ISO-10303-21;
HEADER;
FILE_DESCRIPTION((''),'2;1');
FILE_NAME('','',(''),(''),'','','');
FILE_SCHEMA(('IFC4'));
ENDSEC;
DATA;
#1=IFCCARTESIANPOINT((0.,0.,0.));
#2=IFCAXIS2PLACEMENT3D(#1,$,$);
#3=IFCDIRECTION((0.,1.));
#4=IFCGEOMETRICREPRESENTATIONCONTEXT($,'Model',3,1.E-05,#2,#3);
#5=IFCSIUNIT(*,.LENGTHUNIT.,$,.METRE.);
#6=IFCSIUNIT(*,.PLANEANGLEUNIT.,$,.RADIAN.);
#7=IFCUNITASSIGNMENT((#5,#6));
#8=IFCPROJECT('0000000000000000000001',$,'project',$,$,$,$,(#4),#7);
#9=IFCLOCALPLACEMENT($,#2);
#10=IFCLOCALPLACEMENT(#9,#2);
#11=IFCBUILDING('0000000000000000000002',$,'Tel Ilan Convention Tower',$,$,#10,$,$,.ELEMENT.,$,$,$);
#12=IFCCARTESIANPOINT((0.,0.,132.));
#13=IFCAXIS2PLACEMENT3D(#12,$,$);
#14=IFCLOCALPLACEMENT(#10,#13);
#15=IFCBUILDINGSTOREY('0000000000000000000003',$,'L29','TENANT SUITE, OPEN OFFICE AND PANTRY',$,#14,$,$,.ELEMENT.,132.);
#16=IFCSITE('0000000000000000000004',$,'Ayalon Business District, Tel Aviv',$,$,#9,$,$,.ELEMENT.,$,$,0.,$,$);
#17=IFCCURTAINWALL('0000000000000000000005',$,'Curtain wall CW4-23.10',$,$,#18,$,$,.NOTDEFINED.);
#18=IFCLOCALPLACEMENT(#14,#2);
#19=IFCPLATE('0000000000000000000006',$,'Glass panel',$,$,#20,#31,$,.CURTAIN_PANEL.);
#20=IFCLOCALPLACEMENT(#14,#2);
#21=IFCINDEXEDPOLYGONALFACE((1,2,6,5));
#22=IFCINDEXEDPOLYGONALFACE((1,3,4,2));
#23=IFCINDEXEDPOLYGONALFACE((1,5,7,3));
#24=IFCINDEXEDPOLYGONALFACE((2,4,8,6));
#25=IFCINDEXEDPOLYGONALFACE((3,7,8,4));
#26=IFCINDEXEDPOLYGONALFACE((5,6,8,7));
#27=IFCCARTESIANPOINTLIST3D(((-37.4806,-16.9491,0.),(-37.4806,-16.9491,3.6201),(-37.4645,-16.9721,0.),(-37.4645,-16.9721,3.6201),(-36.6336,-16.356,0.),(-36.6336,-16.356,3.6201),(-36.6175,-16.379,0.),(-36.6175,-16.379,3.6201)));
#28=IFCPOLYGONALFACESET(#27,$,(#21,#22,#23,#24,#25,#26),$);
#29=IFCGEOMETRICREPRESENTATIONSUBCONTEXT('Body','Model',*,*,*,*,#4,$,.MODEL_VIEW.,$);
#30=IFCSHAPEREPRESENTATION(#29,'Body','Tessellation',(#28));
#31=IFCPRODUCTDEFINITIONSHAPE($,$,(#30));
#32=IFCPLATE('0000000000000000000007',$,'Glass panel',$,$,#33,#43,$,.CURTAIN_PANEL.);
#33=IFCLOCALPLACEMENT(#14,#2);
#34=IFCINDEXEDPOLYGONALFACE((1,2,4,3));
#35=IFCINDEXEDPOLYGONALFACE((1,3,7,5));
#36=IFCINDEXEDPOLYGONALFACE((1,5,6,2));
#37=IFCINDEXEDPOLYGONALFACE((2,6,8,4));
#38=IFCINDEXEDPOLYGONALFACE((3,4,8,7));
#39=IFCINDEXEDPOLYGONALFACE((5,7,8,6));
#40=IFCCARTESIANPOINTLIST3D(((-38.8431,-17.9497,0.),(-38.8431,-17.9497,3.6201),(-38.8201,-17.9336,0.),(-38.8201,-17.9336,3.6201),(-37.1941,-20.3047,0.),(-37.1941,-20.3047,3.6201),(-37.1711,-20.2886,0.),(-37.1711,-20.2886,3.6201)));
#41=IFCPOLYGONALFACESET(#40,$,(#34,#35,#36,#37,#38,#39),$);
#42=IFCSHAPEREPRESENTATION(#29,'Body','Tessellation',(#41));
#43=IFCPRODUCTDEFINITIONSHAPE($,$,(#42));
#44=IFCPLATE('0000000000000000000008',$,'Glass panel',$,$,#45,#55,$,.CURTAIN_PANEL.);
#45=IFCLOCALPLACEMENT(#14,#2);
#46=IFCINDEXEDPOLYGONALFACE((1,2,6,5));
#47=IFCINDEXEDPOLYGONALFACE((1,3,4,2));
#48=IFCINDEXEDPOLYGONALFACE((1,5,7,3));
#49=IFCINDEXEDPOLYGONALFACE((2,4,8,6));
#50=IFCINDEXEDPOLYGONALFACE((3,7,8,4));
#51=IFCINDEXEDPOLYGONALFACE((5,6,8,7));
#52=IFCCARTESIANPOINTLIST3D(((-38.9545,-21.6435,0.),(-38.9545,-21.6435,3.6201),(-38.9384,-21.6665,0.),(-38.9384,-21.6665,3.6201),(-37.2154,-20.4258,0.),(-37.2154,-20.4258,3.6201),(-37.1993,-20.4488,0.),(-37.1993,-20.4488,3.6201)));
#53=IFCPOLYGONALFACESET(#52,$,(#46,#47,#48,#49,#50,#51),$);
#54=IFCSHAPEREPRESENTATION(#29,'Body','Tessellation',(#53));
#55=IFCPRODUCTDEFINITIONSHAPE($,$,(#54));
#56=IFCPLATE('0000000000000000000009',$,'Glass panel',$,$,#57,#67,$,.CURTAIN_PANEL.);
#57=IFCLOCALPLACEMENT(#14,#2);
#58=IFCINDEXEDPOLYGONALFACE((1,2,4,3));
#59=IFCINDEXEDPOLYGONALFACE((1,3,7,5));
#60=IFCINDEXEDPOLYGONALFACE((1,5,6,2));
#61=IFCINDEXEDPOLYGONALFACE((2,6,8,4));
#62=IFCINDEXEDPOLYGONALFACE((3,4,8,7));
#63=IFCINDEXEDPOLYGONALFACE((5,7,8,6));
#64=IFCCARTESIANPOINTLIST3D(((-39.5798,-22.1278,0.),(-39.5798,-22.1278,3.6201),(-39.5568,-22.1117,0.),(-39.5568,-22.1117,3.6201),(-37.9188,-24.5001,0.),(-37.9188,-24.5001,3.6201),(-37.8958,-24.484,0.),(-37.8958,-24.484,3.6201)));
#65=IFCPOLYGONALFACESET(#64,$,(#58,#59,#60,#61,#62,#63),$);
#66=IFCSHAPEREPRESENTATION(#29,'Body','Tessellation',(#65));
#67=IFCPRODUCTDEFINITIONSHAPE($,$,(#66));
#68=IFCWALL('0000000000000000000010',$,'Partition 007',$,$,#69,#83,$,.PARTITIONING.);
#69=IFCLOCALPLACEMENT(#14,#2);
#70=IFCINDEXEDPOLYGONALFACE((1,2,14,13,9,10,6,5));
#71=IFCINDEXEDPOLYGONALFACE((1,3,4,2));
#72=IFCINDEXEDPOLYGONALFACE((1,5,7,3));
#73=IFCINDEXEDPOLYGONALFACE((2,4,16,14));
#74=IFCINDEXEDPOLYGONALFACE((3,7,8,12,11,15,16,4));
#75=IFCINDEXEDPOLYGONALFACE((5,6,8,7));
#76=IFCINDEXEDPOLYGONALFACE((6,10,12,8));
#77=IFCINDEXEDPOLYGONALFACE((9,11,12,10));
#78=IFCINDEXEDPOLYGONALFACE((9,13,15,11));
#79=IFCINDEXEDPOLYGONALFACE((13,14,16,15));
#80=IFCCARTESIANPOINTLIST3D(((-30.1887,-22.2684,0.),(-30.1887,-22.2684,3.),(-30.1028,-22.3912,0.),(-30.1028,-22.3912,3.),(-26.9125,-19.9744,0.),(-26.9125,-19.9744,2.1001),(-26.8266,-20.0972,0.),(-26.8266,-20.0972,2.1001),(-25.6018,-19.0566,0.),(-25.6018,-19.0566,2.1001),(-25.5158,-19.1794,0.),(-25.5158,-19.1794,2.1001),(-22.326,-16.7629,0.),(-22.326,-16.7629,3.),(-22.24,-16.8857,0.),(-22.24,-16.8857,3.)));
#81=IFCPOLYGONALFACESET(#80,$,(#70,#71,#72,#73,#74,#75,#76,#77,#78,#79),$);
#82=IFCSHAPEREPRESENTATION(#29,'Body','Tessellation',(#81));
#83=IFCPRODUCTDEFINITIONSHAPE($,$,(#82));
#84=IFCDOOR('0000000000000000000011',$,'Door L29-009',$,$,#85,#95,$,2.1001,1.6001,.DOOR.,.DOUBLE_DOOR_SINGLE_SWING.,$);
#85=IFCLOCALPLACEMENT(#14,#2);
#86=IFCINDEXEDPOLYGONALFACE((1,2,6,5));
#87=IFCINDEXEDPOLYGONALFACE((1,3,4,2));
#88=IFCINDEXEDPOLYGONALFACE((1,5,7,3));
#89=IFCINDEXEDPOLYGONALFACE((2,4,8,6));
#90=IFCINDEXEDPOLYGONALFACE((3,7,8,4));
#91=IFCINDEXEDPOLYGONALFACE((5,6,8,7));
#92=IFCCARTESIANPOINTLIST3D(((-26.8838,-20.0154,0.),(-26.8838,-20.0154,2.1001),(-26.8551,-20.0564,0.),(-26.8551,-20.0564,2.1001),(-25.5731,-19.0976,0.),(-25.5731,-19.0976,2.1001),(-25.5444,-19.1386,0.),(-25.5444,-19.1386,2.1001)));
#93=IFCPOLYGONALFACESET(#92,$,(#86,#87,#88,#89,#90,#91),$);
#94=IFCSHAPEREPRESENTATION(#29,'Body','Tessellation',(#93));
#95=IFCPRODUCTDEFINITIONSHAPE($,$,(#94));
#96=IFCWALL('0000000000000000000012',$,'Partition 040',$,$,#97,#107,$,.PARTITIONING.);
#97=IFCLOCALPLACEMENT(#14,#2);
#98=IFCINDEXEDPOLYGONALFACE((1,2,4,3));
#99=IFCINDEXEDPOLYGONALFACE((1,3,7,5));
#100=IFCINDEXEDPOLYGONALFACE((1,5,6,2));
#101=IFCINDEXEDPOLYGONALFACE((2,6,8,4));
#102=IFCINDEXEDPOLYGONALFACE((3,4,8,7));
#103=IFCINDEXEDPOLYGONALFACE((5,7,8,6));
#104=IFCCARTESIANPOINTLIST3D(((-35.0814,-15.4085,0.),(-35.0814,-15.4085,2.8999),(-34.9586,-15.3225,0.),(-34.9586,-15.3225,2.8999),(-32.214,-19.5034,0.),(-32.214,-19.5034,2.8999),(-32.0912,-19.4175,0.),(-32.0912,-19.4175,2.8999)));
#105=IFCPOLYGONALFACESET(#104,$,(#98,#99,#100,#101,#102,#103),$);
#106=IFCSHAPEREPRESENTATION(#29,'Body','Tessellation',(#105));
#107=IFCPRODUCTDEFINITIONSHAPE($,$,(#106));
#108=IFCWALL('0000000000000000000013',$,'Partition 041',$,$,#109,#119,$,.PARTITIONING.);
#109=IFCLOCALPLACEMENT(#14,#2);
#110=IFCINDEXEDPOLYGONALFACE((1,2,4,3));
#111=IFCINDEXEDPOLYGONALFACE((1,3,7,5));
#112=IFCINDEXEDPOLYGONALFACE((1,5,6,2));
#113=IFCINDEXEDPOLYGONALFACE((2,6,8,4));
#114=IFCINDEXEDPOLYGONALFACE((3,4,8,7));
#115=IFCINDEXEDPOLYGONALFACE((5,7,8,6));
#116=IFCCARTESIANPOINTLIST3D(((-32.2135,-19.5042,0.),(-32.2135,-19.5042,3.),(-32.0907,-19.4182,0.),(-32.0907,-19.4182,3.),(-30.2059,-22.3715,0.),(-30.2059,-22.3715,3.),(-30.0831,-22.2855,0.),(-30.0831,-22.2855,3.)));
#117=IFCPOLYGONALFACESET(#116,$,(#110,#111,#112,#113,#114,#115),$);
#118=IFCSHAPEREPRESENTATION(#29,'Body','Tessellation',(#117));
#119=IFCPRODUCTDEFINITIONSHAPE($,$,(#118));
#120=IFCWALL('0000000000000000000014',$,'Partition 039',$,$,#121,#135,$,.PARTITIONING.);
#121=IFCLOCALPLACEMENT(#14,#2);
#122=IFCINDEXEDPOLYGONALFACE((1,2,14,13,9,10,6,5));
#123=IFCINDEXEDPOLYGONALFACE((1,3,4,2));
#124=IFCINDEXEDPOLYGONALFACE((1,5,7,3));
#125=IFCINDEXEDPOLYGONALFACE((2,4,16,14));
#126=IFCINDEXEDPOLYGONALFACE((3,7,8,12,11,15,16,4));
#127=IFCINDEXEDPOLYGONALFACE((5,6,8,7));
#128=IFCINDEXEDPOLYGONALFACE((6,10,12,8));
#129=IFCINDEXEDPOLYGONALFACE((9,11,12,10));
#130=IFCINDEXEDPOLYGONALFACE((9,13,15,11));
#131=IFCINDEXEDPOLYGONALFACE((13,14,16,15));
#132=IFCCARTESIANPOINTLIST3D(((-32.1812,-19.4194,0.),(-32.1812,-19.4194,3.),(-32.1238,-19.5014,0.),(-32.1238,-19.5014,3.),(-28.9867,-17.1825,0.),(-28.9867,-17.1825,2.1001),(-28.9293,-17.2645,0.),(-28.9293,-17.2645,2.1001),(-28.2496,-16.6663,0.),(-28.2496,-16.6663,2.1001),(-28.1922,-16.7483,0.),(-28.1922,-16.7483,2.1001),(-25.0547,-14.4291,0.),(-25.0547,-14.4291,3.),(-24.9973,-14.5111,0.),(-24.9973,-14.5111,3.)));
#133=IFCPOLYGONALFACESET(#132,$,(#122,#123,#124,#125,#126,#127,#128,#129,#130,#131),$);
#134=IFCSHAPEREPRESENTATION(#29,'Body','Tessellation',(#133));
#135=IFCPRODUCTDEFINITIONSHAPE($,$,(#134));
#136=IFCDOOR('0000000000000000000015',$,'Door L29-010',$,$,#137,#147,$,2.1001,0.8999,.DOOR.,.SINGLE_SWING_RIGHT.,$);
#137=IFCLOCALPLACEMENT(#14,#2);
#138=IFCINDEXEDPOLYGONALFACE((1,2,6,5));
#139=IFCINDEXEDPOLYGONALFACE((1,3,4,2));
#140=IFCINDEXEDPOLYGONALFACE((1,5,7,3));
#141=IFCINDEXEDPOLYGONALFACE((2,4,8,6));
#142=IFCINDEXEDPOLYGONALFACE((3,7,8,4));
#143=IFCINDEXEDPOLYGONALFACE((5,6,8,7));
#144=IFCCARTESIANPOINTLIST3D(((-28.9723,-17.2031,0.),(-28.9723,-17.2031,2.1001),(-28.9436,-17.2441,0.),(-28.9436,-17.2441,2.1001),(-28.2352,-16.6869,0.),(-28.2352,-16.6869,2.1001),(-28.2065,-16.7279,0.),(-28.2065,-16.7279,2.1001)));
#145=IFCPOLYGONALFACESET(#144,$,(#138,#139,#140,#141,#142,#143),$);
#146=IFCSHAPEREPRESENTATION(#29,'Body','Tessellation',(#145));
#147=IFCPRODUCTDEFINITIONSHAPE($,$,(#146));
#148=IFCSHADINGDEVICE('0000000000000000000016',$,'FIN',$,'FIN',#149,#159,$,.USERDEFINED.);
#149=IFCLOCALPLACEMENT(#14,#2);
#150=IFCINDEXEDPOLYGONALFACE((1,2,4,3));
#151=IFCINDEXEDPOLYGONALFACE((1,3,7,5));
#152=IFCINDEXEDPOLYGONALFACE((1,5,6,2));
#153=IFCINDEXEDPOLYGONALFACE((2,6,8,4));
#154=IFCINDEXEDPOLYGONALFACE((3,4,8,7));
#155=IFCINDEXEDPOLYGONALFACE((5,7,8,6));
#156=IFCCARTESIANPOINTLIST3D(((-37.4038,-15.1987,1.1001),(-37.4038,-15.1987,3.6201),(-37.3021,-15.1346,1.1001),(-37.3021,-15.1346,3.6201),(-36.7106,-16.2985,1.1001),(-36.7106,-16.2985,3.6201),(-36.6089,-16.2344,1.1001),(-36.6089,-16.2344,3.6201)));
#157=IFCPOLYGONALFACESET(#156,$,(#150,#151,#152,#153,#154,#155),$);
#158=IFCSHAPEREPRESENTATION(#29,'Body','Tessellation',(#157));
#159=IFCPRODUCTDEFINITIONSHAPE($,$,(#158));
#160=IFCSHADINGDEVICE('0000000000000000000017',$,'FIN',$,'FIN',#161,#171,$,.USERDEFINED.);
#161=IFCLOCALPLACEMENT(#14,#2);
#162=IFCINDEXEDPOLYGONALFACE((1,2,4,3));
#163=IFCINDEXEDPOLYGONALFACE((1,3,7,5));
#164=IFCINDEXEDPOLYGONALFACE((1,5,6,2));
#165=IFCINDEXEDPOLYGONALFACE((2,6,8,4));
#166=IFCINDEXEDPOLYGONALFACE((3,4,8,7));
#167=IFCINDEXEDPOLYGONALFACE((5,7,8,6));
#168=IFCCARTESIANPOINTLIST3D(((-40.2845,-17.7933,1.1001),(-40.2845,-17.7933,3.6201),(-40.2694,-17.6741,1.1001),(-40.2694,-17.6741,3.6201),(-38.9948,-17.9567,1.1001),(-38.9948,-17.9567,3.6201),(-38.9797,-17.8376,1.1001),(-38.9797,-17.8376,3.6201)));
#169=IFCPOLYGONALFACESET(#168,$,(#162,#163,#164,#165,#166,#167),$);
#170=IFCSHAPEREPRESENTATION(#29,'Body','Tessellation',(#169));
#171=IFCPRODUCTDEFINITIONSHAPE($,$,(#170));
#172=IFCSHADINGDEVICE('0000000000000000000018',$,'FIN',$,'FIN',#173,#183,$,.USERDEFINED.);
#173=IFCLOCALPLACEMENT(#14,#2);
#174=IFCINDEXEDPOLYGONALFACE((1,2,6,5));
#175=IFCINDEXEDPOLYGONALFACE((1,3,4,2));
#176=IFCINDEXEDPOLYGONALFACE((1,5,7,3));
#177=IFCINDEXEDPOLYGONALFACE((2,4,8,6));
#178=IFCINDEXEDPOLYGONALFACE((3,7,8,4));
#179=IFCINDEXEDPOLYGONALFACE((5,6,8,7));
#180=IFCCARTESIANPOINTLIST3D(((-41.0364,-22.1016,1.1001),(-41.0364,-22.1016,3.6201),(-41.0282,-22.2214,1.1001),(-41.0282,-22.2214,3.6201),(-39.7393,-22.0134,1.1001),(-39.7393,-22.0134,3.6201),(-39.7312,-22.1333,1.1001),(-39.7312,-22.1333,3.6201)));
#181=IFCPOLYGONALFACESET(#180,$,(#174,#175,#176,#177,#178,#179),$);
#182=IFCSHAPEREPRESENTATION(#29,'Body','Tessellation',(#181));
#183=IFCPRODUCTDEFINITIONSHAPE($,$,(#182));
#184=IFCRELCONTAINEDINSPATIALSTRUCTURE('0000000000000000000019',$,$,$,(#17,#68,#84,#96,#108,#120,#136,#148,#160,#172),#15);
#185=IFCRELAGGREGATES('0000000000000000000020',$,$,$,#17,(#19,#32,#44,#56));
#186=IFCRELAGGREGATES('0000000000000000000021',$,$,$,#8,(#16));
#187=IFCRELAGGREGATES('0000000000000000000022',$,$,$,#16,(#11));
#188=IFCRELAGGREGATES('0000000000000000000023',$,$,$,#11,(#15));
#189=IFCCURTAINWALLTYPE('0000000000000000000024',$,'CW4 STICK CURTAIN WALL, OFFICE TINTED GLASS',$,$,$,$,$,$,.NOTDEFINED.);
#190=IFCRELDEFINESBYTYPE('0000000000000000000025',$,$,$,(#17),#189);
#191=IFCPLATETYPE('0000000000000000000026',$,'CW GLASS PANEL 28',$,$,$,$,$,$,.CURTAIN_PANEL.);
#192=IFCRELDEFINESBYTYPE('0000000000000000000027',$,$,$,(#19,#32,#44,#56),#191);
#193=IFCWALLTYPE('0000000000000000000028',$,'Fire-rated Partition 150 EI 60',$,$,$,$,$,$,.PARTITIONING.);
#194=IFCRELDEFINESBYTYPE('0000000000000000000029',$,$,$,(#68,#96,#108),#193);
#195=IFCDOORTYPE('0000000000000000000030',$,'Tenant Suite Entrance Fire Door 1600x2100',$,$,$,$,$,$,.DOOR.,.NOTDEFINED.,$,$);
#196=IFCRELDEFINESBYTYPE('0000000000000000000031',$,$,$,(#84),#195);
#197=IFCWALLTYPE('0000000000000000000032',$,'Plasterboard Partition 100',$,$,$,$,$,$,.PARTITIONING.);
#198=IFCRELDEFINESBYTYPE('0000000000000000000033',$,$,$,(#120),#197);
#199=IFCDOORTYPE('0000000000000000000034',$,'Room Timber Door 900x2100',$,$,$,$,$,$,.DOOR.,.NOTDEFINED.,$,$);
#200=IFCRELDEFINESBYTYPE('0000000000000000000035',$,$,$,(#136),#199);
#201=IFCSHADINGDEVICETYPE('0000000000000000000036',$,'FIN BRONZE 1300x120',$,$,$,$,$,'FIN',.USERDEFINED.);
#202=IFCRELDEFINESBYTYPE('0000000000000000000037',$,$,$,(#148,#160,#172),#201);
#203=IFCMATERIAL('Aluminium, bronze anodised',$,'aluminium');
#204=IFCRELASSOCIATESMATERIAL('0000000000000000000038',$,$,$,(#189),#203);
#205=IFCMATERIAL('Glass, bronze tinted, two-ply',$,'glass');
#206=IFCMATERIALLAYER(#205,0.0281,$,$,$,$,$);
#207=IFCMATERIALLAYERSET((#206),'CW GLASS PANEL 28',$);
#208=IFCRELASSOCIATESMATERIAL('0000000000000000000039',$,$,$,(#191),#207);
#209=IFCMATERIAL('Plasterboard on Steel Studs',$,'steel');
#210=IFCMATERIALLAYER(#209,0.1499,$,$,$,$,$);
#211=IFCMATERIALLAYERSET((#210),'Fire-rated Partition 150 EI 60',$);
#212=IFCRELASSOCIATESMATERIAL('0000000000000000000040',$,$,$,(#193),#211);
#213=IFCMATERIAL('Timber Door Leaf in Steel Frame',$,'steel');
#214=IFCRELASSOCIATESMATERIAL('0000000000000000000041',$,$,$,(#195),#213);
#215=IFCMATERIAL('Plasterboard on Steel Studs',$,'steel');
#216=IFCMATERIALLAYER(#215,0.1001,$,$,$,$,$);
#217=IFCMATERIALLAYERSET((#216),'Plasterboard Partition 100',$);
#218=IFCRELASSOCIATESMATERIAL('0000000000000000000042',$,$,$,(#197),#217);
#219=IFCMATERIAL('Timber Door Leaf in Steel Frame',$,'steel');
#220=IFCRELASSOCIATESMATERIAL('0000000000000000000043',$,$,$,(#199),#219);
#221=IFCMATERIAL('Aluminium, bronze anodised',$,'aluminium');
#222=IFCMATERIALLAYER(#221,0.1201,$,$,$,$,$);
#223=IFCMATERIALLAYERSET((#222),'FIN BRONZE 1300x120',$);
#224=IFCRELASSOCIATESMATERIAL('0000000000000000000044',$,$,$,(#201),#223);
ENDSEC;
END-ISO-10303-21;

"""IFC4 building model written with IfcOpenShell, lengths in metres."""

from ifc_helpers import new_model, si_unit, direction, frame, frame_2d, origin, origin_2d, place, context, subcontext, project, spatial, rectangle, extrude, material, layer, layer_set, type_object, element, fill, aggregate, save


model = new_model("IFC4")

# Units and contexts
model_context = context("Model", 3, precision=1e-05, world=origin(), true_north=direction((0.0, 1.0)))
body_context = subcontext(model_context, "Body", "Model", "MODEL_VIEW")
ifc_project = project(units=[si_unit("LENGTHUNIT", "METRE"), si_unit("PLANEANGLEUNIT", "RADIAN")], contexts=[model_context])

# Site, building, storey
site_placement = place(None, origin())
site = spatial("IfcSite", under=ifc_project, at=site_placement, Name="Ayalon Business District, Tel Aviv", CompositionType="ELEMENT", RefElevation=0.0)
building_placement = place(site_placement, origin())
building = spatial("IfcBuilding", under=site, at=building_placement, Name="Tel Ilan Convention Tower", CompositionType="ELEMENT")
storey_placement = place(building_placement, frame((0.0, 0.0, 132.0)))
storey = spatial("IfcBuildingStorey", under=building, at=storey_placement, Name="L29", Description="TENANT SUITE, OPEN OFFICE AND PANTRY", CompositionType="ELEMENT", Elevation=132.0)

# Curtain wall
ifc_material_1 = material(Name="Aluminium, bronze anodised", Category="aluminium")
curtain_wall_type = type_object("IfcCurtainWallType", Name="CW4 STICK CURTAIN WALL, OFFICE TINTED GLASS", PredefinedType="NOTDEFINED", material=ifc_material_1)
curtain_wall_1_placement = place(storey_placement, origin())
curtain_wall_1 = element("IfcCurtainWall", 1, at=curtain_wall_1_placement, inside=storey, type_object=curtain_wall_type, Name="Curtain wall CW4-23.10", PredefinedType="NOTDEFINED")

# Plates
ifc_material_2 = material(Name="Glass, bronze tinted, two-ply", Category="glass")
ifc_layer_1 = layer(ifc_material_2, 0.0281)
ifc_layer_set_1 = layer_set([ifc_layer_1], Name="CW GLASS PANEL 28")
plate_type = type_object("IfcPlateType", Name="CW GLASS PANEL 28", PredefinedType="CURTAIN_PANEL", material=ifc_layer_set_1)
plate_1_placement = place(storey_placement, frame((-37.0491, -16.6641, 0.0), z_axis=(0.0, 0.0, 1.0), x_axis=(-0.819152, -0.573576, 0.0)))
plate_1 = element("IfcPlate", 2, at=plate_1_placement, type_object=plate_type, Name="Glass panel", PredefinedType="CURTAIN_PANEL", context=body_context, shape_type="SweptSolid", body=[
    extrude(rectangle(XDim=1.0339, YDim=0.0281, at=origin_2d()), origin(), (0.0, 0.0, 1.0), 3.6201),
])
plate_2_placement = place(storey_placement, frame((-38.0071, -19.1191, 0.0), z_axis=(0.0, 0.0, 1.0), x_axis=(0.573576, -0.819152, 0.0)))
plate_2 = element("IfcPlate", 3, at=plate_2_placement, type_object=plate_type, Name="Glass panel", PredefinedType="CURTAIN_PANEL", context=body_context, shape_type="SweptSolid", body=[
    extrude(rectangle(XDim=2.875, YDim=0.0281, at=origin_2d()), origin(), (0.0, 0.0, 1.0), 3.6201),
])
plate_3_placement = place(storey_placement, frame((-38.0769, -21.0461, 0.0), z_axis=(0.0, 0.0, 1.0), x_axis=(-0.819152, -0.573576, 0.0)))
plate_3 = element("IfcPlate", 4, at=plate_3_placement, type_object=plate_type, Name="Glass panel", PredefinedType="CURTAIN_PANEL", context=body_context, shape_type="SweptSolid", body=[
    extrude(rectangle(XDim=2.123, YDim=0.0281, at=origin_2d()), origin(), (0.0, 0.0, 1.0), 3.6201),
])
plate_4_placement = place(storey_placement, frame((-38.7378, -23.3059, 0.0), z_axis=(0.0, 0.0, 1.0), x_axis=(0.573576, -0.819152, 0.0)))
plate_4 = element("IfcPlate", 5, at=plate_4_placement, type_object=plate_type, Name="Glass panel", PredefinedType="CURTAIN_PANEL", context=body_context, shape_type="SweptSolid", body=[
    extrude(rectangle(XDim=2.896, YDim=0.0281, at=origin_2d()), origin(), (0.0, 0.0, 1.0), 3.6201),
])
aggregate(curtain_wall_1, [plate_1, plate_2, plate_3, plate_4])

# Wall, opening, door
ifc_material_3 = material(Name="Plasterboard on Steel Studs", Category="steel")
ifc_layer_2 = layer(ifc_material_3, 0.1499)
ifc_layer_set_2 = layer_set([ifc_layer_2], Name="Fire-rated Partition 150 EI 60")
wall_type_1 = type_object("IfcWallType", Name="Fire-rated Partition 150 EI 60", PredefinedType="PARTITIONING", material=ifc_layer_set_2)
wall_1_placement = place(storey_placement, frame((-30.1458, -22.3298, 0.0), z_axis=(0.0, 0.0, 1.0), x_axis=(0.819151, 0.573578, 0.0)))
wall_1 = element("IfcWall", 6, at=wall_1_placement, inside=storey, type_object=wall_type_1, Name="Partition 007", PredefinedType="PARTITIONING", context=body_context, shape_type="SweptSolid", body=[
    extrude(rectangle(XDim=9.5986, YDim=0.1499, at=frame_2d((4.7993, 0.0))), origin(), (0.0, 0.0, 1.0), 3.0),
])
opening_1_placement = place(wall_1_placement, frame((3.9995, 0.0, 0.0)))
opening_1 = element("IfcOpeningElement", 7, at=opening_1_placement, cuts=wall_1, PredefinedType="OPENING", context=body_context, shape_type="SweptSolid", body=[
    extrude(rectangle(XDim=1.6001, YDim=2.1001, at=frame_2d((0.8, 1.05))), frame((0.0, 0.085, 0.0), z_axis=(0.0, -1.0, 0.0), x_axis=(1.0, 0.0, 0.0)), (0.0, 0.0, 1.0), 0.1699),
])
ifc_material_4 = material(Name="Timber Door Leaf in Steel Frame", Category="steel")
door_type_1 = type_object("IfcDoorType", Name="Tenant Suite Entrance Fire Door 1600x2100", OperationType="NOTDEFINED", PredefinedType="DOOR", material=ifc_material_4)
door_1_placement = place(opening_1_placement, origin())
door_1 = element("IfcDoor", 8, at=door_1_placement, inside=storey, type_object=door_type_1, Name="Door L29-009", OperationType="DOUBLE_DOOR_SINGLE_SWING", OverallHeight=2.1001, OverallWidth=1.6001, PredefinedType="DOOR", context=body_context, shape_type="SweptSolid", body=[
    extrude(rectangle(XDim=1.6001, YDim=2.1001, at=frame_2d((0.8, 1.05))), frame((0.0, 0.0249, 0.0), z_axis=(0.0, -1.0, 0.0), x_axis=(1.0, 0.0, 0.0)), (0.0, 0.0, 1.0), 0.05),
])
fill(opening_1, door_1)

# Walls
wall_2_placement = place(storey_placement, frame((-32.1526, -19.4604, 0.0), z_axis=(0.0, 0.0, 1.0), x_axis=(-0.57359, 0.819142, 0.0)))
element("IfcWall", 9, at=wall_2_placement, inside=storey, type_object=wall_type_1, Name="Partition 040", PredefinedType="PARTITIONING", context=body_context, shape_type="SweptSolid", body=[
    extrude(rectangle(XDim=4.999, YDim=0.1499, at=frame_2d((2.4995, 0.0))), origin(), (0.0, 0.0, 1.0), 2.8999),
])
wall_3_placement = place(storey_placement, frame((-30.1445, -22.3284, 0.0), z_axis=(0.0, 0.0, 1.0), x_axis=(-0.573565, 0.81916, 0.0)))
element("IfcWall", 10, at=wall_3_placement, inside=storey, type_object=wall_type_1, Name="Partition 041", PredefinedType="PARTITIONING", context=body_context, shape_type="SweptSolid", body=[
    extrude(rectangle(XDim=3.5002, YDim=0.1499, at=frame_2d((1.75, 0.0))), origin(), (0.0, 0.0, 1.0), 3.0),
])

# Wall, opening, door
ifc_material_5 = material(Name="Plasterboard on Steel Studs", Category="steel")
ifc_layer_3 = layer(ifc_material_5, 0.1001)
ifc_layer_set_3 = layer_set([ifc_layer_3], Name="Plasterboard Partition 100")
wall_type_2 = type_object("IfcWallType", Name="Plasterboard Partition 100", PredefinedType="PARTITIONING", material=ifc_layer_set_3)
wall_4_placement = place(storey_placement, frame((-32.1526, -19.4604, 0.0), z_axis=(0.0, 0.0, 1.0), x_axis=(0.81914, 0.573594, 0.0)))
wall_4 = element("IfcWall", 11, at=wall_4_placement, inside=storey, type_object=wall_type_2, Name="Partition 039", PredefinedType="PARTITIONING", context=body_context, shape_type="SweptSolid", body=[
    extrude(rectangle(XDim=8.7, YDim=0.1001, at=frame_2d((4.3501, 0.0))), origin(), (0.0, 0.0, 1.0), 3.0),
])
opening_2_placement = place(wall_4_placement, frame((3.8999, 0.0, 0.0)))
opening_2 = element("IfcOpeningElement", 12, at=opening_2_placement, cuts=wall_4, PredefinedType="OPENING", context=body_context, shape_type="SweptSolid", body=[
    extrude(rectangle(XDim=0.8999, YDim=2.1001, at=frame_2d((0.45, 1.05))), frame((0.0, 0.0601, 0.0), z_axis=(0.0, -1.0, 0.0), x_axis=(1.0, 0.0, 0.0)), (0.0, 0.0, 1.0), 0.1201),
])
ifc_material_6 = material(Name="Timber Door Leaf in Steel Frame", Category="steel")
door_type_2 = type_object("IfcDoorType", Name="Room Timber Door 900x2100", OperationType="NOTDEFINED", PredefinedType="DOOR", material=ifc_material_6)
door_2_placement = place(opening_2_placement, origin())
door_2 = element("IfcDoor", 13, at=door_2_placement, inside=storey, type_object=door_type_2, Name="Door L29-010", OperationType="SINGLE_SWING_RIGHT", OverallHeight=2.1001, OverallWidth=0.8999, PredefinedType="DOOR", context=body_context, shape_type="SweptSolid", body=[
    extrude(rectangle(XDim=0.8999, YDim=2.1001, at=frame_2d((0.45, 1.05))), frame((0.0, 0.0249, 0.0), z_axis=(0.0, -1.0, 0.0), x_axis=(1.0, 0.0, 0.0)), (0.0, 0.0, 1.0), 0.05),
])
fill(opening_2, door_2)

# Shading devices
ifc_material_7 = material(Name="Aluminium, bronze anodised", Category="aluminium")
ifc_layer_4 = layer(ifc_material_7, 0.1201)
ifc_layer_set_4 = layer_set([ifc_layer_4], Name="FIN BRONZE 1300x120")
shading_device_type = type_object("IfcShadingDeviceType", Name="FIN BRONZE 1300x120", ElementType="FIN", PredefinedType="USERDEFINED", material=ifc_layer_set_4)
for number, where, z_axis, x_axis, name in (
    (14, (-37.0063, -15.7166, 1.1001), (0.0, 0.0, 1.0), (-0.533204, 0.845986, 0.0), "FIN"),
    (15, (-39.6321, -17.8154, 1.1001), (0.0, 0.0, 1.0), (-0.992066, 0.125718, 0.0), "FIN"),
    (16, (-40.3838, -22.1174, 1.1001), (0.0, 0.0, 1.0), (-0.997697, -0.067822, 0.0), "FIN"),
):
    element("IfcShadingDevice", number, at=place(storey_placement, frame(where, z_axis=z_axis, x_axis=x_axis)), inside=storey, type_object=shading_device_type, Name=name, ObjectType="FIN", PredefinedType="USERDEFINED", context=body_context, shape_type="SweptSolid", body=[
        extrude(rectangle(XDim=1.3, YDim=0.1201, at=origin_2d()), origin(), (0.0, 0.0, 1.0), 2.52),
    ])

save(model, "model.ifc")
